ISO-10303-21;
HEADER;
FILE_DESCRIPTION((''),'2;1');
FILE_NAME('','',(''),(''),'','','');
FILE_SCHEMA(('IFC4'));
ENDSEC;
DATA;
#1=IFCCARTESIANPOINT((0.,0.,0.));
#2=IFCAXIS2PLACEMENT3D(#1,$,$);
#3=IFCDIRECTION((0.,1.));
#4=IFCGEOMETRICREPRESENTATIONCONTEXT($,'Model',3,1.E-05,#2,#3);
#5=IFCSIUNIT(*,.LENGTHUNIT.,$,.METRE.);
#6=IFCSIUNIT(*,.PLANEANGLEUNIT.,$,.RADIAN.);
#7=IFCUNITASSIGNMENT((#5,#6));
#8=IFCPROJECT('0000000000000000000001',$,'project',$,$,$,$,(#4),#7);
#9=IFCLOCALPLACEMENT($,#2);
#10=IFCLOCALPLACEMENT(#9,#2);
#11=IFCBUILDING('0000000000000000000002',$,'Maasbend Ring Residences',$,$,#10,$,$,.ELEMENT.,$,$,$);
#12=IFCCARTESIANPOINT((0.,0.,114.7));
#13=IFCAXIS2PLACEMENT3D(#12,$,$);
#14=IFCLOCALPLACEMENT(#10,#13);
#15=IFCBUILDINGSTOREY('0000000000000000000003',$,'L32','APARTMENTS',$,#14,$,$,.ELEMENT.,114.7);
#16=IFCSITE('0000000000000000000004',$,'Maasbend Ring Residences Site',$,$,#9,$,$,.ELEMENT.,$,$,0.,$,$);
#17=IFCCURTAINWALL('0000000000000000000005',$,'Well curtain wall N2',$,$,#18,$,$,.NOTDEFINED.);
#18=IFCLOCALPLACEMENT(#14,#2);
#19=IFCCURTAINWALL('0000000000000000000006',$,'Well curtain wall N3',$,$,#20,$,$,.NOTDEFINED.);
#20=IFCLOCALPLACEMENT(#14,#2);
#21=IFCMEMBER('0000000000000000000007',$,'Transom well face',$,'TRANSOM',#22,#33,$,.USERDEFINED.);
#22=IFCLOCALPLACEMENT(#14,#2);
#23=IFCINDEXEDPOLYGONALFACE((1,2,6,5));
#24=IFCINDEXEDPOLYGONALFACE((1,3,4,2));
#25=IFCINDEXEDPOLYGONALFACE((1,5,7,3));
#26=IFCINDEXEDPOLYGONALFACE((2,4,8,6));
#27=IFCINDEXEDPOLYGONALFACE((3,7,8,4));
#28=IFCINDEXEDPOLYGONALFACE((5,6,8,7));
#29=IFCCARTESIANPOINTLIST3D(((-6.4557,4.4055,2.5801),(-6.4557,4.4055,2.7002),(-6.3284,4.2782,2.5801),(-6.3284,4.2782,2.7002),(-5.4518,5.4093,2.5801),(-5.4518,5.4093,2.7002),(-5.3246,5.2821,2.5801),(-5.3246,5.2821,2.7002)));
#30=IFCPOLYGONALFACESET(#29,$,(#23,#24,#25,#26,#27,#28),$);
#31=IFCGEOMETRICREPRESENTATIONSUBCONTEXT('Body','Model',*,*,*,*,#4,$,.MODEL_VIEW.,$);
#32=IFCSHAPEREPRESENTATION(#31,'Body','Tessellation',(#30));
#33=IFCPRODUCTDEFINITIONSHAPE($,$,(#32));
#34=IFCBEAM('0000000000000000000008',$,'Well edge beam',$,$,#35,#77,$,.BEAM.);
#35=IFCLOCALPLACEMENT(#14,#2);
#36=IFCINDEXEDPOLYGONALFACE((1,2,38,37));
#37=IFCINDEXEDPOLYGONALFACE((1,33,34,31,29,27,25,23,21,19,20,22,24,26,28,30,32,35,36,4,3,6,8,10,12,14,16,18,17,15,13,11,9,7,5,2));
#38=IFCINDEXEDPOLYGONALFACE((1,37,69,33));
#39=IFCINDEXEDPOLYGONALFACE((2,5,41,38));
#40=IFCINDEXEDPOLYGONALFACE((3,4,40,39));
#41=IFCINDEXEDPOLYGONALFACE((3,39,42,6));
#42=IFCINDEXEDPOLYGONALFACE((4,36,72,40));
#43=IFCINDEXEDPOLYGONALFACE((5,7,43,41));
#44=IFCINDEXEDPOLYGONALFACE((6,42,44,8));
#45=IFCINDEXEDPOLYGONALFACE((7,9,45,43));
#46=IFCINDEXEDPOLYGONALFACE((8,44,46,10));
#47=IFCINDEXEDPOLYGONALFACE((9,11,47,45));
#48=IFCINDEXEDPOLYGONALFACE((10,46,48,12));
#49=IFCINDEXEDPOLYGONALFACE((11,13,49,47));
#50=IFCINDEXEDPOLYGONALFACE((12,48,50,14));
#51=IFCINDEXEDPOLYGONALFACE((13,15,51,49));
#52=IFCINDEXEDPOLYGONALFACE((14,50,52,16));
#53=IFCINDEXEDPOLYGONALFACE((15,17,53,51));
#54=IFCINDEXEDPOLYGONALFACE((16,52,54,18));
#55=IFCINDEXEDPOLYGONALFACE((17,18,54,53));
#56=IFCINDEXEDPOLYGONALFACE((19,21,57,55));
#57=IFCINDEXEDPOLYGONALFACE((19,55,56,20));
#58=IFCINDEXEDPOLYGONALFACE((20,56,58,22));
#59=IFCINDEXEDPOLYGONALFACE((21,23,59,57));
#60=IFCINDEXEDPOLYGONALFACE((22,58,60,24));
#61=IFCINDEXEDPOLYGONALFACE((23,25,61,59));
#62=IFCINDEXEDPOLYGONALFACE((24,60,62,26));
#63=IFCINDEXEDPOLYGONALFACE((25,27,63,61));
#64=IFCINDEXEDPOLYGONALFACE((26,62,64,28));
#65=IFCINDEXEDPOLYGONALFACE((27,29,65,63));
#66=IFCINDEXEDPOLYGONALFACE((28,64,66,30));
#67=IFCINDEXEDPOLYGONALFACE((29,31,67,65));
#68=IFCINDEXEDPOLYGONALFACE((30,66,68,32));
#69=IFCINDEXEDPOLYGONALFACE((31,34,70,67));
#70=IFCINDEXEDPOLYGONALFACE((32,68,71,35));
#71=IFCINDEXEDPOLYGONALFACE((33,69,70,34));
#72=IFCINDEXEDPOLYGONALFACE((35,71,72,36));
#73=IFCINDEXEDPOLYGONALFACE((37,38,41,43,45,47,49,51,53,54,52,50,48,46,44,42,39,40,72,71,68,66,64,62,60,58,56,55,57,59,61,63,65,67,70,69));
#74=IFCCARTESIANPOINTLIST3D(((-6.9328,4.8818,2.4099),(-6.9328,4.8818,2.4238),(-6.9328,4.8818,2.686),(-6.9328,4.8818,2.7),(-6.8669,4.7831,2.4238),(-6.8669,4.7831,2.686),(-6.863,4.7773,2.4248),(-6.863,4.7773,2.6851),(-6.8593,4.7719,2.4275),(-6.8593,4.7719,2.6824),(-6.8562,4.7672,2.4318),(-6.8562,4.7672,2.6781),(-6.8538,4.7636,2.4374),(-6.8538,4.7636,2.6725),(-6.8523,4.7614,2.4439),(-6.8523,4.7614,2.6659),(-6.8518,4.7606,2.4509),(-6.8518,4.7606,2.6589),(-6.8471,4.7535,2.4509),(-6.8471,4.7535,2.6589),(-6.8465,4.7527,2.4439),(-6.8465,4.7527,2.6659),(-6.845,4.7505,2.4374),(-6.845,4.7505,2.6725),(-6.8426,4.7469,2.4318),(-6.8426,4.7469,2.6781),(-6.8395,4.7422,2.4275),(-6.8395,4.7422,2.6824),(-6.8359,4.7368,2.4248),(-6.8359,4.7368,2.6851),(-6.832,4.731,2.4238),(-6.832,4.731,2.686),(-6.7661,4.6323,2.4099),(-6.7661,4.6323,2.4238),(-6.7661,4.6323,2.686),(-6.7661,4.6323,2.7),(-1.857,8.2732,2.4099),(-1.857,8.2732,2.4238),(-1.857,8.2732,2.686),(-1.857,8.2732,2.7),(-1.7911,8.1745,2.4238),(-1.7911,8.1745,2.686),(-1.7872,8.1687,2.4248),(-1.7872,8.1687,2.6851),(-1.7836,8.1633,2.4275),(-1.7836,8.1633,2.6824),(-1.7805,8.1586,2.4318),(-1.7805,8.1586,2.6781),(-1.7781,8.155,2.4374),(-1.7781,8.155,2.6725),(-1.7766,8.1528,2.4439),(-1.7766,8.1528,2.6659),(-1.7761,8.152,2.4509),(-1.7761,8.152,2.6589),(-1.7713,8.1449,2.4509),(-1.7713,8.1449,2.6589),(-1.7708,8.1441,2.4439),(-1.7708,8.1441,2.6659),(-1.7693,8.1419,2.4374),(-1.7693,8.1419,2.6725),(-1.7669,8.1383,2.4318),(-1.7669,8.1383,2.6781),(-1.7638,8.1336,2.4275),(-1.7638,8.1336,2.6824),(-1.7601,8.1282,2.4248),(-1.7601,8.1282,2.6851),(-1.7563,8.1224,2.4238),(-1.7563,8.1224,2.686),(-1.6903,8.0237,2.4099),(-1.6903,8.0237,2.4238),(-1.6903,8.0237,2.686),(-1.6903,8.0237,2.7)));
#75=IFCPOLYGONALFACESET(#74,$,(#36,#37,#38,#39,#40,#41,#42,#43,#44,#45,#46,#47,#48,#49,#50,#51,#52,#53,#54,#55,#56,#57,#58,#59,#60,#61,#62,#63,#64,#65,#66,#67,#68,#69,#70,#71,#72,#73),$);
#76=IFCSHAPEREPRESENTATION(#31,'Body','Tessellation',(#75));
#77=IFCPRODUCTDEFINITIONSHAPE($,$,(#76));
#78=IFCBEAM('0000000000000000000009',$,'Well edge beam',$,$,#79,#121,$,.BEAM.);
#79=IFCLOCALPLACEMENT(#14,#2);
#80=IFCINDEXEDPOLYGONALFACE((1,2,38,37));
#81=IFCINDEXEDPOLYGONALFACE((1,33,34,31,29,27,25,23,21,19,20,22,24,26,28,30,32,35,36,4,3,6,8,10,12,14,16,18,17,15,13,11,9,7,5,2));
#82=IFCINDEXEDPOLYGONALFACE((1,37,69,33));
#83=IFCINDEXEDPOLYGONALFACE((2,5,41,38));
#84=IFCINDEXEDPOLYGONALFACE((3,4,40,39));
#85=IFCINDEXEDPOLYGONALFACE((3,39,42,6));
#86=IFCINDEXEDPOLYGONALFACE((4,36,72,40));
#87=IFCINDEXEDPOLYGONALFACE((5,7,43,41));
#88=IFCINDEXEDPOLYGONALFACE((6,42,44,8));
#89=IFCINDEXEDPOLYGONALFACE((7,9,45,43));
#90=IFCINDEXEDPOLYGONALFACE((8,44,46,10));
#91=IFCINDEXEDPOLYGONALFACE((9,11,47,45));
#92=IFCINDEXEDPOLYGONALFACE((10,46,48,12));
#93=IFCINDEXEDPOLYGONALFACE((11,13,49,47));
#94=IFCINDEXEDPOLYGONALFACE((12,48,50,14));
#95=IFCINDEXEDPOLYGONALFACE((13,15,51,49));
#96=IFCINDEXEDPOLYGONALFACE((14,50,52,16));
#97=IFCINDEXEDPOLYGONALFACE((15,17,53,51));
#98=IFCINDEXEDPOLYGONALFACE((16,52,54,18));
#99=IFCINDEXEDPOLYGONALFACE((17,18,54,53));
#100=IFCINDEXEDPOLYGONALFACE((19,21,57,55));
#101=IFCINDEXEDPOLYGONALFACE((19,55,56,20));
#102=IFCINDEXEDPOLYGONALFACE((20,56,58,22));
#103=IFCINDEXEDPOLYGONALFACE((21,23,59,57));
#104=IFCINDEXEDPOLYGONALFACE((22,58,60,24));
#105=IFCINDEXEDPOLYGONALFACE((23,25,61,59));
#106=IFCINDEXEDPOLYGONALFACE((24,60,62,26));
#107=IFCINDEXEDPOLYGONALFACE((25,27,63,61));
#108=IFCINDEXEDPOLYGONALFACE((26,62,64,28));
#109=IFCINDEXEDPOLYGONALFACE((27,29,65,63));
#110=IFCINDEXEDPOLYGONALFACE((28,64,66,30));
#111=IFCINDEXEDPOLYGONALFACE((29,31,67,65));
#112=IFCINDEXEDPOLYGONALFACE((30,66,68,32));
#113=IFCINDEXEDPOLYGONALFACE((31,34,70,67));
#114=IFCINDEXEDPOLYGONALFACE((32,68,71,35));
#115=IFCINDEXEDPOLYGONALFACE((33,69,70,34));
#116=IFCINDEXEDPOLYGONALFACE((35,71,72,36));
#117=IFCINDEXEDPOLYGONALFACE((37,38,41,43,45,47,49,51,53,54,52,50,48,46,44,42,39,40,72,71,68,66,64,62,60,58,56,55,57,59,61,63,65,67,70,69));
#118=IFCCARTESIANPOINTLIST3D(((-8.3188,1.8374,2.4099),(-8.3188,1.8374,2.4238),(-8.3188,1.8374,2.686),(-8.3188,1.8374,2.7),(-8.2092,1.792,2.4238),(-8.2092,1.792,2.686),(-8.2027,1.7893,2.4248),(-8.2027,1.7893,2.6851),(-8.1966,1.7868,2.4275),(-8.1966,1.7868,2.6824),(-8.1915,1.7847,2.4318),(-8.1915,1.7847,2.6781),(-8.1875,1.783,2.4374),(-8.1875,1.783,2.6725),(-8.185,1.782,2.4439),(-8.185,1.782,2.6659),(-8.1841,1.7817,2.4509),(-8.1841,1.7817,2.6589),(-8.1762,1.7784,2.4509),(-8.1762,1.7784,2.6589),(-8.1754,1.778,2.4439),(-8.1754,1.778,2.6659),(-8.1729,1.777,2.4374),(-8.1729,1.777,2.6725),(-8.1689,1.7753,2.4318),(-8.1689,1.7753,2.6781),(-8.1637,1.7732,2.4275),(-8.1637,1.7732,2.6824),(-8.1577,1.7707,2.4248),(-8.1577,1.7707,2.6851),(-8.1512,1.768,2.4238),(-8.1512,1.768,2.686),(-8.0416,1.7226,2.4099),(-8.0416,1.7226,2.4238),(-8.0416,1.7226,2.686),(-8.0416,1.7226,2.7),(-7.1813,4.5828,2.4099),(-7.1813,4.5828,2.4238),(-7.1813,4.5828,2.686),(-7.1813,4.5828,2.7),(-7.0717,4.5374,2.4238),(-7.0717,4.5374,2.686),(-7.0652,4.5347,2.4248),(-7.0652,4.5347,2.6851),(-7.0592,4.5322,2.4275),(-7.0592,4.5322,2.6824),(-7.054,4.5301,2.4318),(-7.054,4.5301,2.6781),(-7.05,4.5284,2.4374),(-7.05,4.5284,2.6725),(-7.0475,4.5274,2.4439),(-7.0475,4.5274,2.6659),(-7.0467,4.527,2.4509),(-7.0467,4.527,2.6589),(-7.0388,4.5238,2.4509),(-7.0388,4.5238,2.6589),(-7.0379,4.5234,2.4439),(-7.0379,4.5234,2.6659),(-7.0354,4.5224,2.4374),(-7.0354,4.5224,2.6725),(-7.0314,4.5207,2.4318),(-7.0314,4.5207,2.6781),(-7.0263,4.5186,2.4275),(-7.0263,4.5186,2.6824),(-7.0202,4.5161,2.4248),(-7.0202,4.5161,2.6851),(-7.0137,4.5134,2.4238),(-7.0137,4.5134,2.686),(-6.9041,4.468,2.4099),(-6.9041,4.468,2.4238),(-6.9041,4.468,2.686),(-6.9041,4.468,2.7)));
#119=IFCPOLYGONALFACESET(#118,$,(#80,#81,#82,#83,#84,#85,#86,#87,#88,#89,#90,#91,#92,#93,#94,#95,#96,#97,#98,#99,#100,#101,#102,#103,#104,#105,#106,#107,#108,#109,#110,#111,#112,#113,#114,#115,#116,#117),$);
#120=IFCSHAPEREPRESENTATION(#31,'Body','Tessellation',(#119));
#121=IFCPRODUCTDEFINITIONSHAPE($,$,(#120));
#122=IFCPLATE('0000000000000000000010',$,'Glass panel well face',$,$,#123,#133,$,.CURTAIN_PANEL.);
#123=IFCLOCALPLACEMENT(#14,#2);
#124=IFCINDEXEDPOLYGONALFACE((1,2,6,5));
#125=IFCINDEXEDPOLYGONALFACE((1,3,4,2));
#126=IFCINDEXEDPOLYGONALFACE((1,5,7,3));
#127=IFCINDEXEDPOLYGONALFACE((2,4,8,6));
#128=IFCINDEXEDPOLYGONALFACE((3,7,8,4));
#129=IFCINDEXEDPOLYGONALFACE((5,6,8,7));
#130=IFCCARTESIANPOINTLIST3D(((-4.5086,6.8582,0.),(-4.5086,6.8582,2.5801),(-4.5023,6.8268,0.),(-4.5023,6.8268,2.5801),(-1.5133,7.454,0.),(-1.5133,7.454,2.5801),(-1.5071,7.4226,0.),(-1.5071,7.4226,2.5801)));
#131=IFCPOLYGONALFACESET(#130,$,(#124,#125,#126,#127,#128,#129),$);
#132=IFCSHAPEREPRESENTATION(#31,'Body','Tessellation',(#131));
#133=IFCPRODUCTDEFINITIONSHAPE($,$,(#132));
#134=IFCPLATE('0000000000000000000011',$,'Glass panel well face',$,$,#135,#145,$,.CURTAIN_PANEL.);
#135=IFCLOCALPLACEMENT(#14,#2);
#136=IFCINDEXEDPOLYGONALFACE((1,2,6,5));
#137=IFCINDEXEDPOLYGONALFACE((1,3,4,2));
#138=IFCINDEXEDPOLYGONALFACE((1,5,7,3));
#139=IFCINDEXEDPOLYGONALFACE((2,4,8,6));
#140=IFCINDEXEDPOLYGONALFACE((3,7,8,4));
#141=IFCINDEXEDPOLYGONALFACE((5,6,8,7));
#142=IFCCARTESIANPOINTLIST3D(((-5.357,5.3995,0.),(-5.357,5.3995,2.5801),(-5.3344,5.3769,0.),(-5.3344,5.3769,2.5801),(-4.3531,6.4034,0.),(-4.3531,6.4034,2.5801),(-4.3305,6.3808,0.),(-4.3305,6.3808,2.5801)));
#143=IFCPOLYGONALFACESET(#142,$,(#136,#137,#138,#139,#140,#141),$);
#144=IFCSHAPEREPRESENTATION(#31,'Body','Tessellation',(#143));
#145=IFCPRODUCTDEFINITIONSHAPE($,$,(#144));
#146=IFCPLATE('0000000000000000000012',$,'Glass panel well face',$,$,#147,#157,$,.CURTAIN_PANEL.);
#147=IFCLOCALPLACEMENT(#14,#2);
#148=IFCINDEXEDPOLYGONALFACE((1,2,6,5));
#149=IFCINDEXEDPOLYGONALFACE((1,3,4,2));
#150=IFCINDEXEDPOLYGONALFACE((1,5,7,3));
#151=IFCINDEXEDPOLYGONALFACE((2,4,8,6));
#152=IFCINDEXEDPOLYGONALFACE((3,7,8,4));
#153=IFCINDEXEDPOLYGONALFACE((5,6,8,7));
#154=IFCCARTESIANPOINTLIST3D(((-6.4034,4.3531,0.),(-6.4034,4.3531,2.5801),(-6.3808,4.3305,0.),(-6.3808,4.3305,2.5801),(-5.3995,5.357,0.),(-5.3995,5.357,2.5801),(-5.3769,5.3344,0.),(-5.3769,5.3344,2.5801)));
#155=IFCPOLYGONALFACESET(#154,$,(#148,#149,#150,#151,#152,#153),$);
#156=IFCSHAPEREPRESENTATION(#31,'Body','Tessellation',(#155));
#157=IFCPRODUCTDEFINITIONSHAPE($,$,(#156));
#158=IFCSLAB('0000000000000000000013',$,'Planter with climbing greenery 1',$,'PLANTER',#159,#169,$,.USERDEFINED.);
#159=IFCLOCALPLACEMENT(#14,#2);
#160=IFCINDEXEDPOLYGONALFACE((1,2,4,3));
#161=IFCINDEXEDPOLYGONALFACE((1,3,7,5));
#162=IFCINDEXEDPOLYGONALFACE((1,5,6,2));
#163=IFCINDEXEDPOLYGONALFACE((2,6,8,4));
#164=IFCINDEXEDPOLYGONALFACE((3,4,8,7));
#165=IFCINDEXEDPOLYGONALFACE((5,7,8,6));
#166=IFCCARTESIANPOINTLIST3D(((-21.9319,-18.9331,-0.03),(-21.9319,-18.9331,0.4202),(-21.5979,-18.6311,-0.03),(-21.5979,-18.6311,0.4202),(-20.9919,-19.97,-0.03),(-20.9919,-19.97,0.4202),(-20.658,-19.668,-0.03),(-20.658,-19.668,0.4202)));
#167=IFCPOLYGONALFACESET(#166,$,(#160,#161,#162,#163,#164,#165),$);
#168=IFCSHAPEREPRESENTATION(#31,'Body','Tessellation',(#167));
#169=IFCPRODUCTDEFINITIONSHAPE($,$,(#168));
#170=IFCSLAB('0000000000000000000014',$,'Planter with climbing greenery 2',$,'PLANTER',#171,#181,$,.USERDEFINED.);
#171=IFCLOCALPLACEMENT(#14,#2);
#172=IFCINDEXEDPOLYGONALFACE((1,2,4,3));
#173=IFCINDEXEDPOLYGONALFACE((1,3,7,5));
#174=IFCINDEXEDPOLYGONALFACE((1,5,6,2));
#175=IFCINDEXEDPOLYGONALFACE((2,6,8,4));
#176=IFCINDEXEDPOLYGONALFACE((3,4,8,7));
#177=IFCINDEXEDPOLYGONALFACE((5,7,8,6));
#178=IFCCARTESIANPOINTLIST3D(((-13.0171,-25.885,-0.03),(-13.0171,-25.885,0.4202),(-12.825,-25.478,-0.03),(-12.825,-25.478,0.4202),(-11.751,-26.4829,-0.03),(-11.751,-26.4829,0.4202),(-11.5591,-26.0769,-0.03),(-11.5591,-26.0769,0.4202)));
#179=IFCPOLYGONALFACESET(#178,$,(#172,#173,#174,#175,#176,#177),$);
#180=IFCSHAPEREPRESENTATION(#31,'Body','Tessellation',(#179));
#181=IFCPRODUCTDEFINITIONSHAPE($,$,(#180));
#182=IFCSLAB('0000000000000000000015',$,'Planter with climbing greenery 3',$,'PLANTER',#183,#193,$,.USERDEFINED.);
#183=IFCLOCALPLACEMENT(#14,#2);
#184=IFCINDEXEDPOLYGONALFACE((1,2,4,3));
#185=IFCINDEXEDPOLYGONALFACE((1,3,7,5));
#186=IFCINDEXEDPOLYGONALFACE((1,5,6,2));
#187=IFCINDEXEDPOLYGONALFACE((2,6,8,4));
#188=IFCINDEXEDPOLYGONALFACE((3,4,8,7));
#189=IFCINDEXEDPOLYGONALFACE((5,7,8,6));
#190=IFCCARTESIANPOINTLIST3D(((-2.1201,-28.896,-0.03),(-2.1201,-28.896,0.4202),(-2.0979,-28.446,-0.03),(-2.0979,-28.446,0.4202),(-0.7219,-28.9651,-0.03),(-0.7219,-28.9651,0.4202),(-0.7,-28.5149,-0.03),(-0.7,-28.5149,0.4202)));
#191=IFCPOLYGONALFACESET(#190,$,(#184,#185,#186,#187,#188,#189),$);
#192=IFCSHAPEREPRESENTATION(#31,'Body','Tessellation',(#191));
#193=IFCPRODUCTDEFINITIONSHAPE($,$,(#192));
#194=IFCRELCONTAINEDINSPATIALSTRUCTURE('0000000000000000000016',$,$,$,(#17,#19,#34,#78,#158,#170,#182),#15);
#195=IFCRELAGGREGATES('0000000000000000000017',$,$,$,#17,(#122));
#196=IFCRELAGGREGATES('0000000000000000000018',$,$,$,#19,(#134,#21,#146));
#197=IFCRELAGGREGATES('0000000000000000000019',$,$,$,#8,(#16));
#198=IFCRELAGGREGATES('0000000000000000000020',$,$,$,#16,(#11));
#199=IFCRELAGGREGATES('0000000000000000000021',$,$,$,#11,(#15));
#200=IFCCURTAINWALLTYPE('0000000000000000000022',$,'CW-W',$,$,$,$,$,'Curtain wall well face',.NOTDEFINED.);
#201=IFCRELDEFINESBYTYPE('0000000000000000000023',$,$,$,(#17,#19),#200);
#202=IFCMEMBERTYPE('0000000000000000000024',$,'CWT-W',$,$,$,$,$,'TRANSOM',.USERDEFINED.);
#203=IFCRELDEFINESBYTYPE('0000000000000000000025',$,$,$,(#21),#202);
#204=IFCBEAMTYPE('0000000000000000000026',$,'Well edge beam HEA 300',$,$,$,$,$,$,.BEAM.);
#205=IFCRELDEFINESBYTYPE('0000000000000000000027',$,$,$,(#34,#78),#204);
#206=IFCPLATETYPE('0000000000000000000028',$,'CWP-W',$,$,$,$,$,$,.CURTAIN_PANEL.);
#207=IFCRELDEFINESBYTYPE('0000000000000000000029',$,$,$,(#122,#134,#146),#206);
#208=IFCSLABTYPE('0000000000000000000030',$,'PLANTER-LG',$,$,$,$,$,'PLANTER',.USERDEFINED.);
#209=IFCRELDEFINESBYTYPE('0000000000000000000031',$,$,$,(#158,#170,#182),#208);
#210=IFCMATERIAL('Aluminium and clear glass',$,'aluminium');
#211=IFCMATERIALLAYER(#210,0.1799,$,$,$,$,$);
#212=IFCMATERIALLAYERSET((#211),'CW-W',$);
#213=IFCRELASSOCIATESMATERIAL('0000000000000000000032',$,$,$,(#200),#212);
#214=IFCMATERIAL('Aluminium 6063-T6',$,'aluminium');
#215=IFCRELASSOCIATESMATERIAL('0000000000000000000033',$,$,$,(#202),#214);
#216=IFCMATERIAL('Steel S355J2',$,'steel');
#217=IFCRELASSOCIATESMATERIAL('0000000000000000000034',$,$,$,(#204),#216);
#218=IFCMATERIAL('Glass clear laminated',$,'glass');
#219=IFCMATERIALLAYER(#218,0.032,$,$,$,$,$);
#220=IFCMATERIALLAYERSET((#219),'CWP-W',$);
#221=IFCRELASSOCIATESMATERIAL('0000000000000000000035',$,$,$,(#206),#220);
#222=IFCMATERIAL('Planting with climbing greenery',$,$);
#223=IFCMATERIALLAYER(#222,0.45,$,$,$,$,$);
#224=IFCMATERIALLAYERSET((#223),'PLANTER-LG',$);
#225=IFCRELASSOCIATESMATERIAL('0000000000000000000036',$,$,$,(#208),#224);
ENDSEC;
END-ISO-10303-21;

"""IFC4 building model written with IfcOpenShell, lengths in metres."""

from ifc_helpers import new_model, si_unit, direction, frame, origin, origin_2d, place, context, subcontext, project, spatial, polyline, rectangle, i_section, outline, extrude, material, layer, layer_set, material_profile, profile_set, type_object, element, aggregate, save


model = new_model("IFC4")

# Units and contexts
model_context = context("Model", 3, precision=1e-05, world=origin(), true_north=direction((0.0, 1.0)))
body_context = subcontext(model_context, "Body", "Model", "MODEL_VIEW")
ifc_project = project(units=[si_unit("LENGTHUNIT", "METRE"), si_unit("PLANEANGLEUNIT", "RADIAN")], contexts=[model_context])

# Site, building, storey
site_placement = place(None, origin())
site = spatial("IfcSite", under=ifc_project, at=site_placement, Name="Maasbend Ring Residences Site", CompositionType="ELEMENT", RefElevation=0.0)
building_placement = place(site_placement, origin())
building = spatial("IfcBuilding", under=site, at=building_placement, Name="Maasbend Ring Residences", CompositionType="ELEMENT")
storey_placement = place(building_placement, frame((0.0, 0.0, 114.7)))
storey = spatial("IfcBuildingStorey", under=building, at=storey_placement, Name="L32", Description="APARTMENTS", CompositionType="ELEMENT", Elevation=114.7)

# Curtain walls
ifc_material_1 = material(Name="Aluminium and clear glass", Category="aluminium")
ifc_layer_1 = layer(ifc_material_1, 0.1799)
ifc_layer_set_1 = layer_set([ifc_layer_1], Name="CW-W")
curtain_wall_type = type_object("IfcCurtainWallType", Name="CW-W", ElementType="Curtain wall well face", PredefinedType="NOTDEFINED", material=ifc_layer_set_1)
curtain_wall_1_placement = place(storey_placement, origin())
curtain_wall_1 = element("IfcCurtainWall", 1, at=curtain_wall_1_placement, inside=storey, type_object=curtain_wall_type, Name="Well curtain wall N2", PredefinedType="NOTDEFINED")
curtain_wall_2_placement = place(storey_placement, origin())
curtain_wall_2 = element("IfcCurtainWall", 2, at=curtain_wall_2_placement, inside=storey, type_object=curtain_wall_type, Name="Well curtain wall N3", PredefinedType="NOTDEFINED")

# Member
ifc_material_2 = material(Name="Aluminium 6063-T6", Category="aluminium")
ifc_material_profile_1 = material_profile(ifc_material_2, rectangle(XDim=0.1799, YDim=0.1201, at=origin_2d()), Name="AL 180x120")
ifc_profile_set_1 = profile_set([ifc_material_profile_1], Name="Aluminium 6063-T6")
member_type_1 = type_object("IfcMemberType", Name="CWT-W", ElementType="TRANSOM", PredefinedType="USERDEFINED", material=ifc_profile_set_1)
member_1_placement = place(storey_placement, frame((-5.3882, 5.3457, 2.6401), z_axis=(-0.707107, -0.707107, 0.0), x_axis=(0.707107, -0.707107, 0.0)))
member_1 = element("IfcMember", 3, at=member_1_placement, type_object=member_type_1, Name="Transom well face", ObjectType="TRANSOM", PredefinedType="USERDEFINED", context=body_context, shape_type="SweptSolid", body=[
    extrude(rectangle(XDim=0.1799, YDim=0.1201, at=origin_2d()), origin(), (0.0, 0.0, 1.0), 1.4197),
])

# Beams
ifc_material_3 = material(Name="Steel S355J2", Category="steel")
ifc_material_profile_2 = material_profile(ifc_material_3, i_section(OverallWidth=0.3, OverallDepth=0.29, WebThickness=0.0085, FlangeThickness=0.0139, FilletRadius=0.0271, at=origin_2d()), Name="HEA 300")
ifc_profile_set_2 = profile_set([ifc_material_profile_2], Name="Steel S355J2")
beam_type = type_object("IfcBeamType", Name="Well edge beam HEA 300", PredefinedType="BEAM", material=ifc_profile_set_2)
beam_1_placement = place(storey_placement, frame((-1.7737, 8.1484, 2.5549), z_axis=(-0.831478, -0.555558, 0.0), x_axis=(0.555558, -0.831478, 0.0)))
element("IfcBeam", 4, at=beam_1_placement, inside=storey, type_object=beam_type, Name="Well edge beam", PredefinedType="BEAM", context=body_context, shape_type="SweptSolid", body=[
    extrude(i_section(OverallWidth=0.3, OverallDepth=0.29, WebThickness=0.0085, FlangeThickness=0.0139, FilletRadius=0.0271, at=origin_2d()), origin(), (0.0, 0.0, 1.0), 6.1045),
])
beam_2_placement = place(storey_placement, frame((-7.0427, 4.5254, 2.5549), z_axis=(-0.382765, -0.923846, 0.0), x_axis=(0.923846, -0.382765, 0.0)))
element("IfcBeam", 5, at=beam_2_placement, inside=storey, type_object=beam_type, Name="Well edge beam", PredefinedType="BEAM", context=body_context, shape_type="SweptSolid", body=[
    extrude(i_section(OverallWidth=0.3, OverallDepth=0.29, WebThickness=0.0085, FlangeThickness=0.0139, FilletRadius=0.0271, at=origin_2d()), origin(), (0.0, 0.0, 1.0), 2.9717),
])

# Plates
ifc_material_4 = material(Name="Glass clear laminated", Category="glass")
ifc_layer_2 = layer(ifc_material_4, 0.032)
ifc_layer_set_2 = layer_set([ifc_layer_2], Name="CWP-W")
plate_type = type_object("IfcPlateType", Name="CWP-W", PredefinedType="CURTAIN_PANEL", material=ifc_layer_set_2)
plate_1_placement = place(storey_placement, frame((-3.0078, 7.1404, 0.0), z_axis=(0.0, 0.0, 1.0), x_axis=(-0.980785, -0.19509, 0.0)))
plate_1 = element("IfcPlate", 6, at=plate_1_placement, type_object=plate_type, Name="Glass panel well face", PredefinedType="CURTAIN_PANEL", context=body_context, shape_type="SweptSolid", body=[
    extrude(rectangle(XDim=3.054, YDim=0.032, at=origin_2d()), origin(), (0.0, 0.0, 1.0), 2.5801),
])
aggregate(curtain_wall_1, [plate_1])
plate_2_placement = place(storey_placement, frame((-4.8438, 5.8901, 0.0), z_axis=(0.0, 0.0, 1.0), x_axis=(-0.707107, -0.707107, 0.0)))
plate_2 = element("IfcPlate", 7, at=plate_2_placement, type_object=plate_type, Name="Glass panel well face", PredefinedType="CURTAIN_PANEL", context=body_context, shape_type="SweptSolid", body=[
    extrude(rectangle(XDim=1.4197, YDim=0.032, at=origin_2d()), origin(), (0.0, 0.0, 1.0), 2.5801),
])
plate_3_placement = place(storey_placement, frame((-5.8901, 4.8438, 0.0), z_axis=(0.0, 0.0, 1.0), x_axis=(-0.707107, -0.707107, 0.0)))
plate_3 = element("IfcPlate", 8, at=plate_3_placement, type_object=plate_type, Name="Glass panel well face", PredefinedType="CURTAIN_PANEL", context=body_context, shape_type="SweptSolid", body=[
    extrude(rectangle(XDim=1.4197, YDim=0.032, at=origin_2d()), origin(), (0.0, 0.0, 1.0), 2.5801),
])
aggregate(curtain_wall_2, [plate_2, member_1, plate_3])

# Slabs
ifc_material_5 = material(Name="Planting with climbing greenery")
ifc_layer_3 = layer(ifc_material_5, 0.45)
ifc_layer_set_3 = layer_set([ifc_layer_3], Name="PLANTER-LG")
slab_type_1 = type_object("IfcSlabType", Name="PLANTER-LG", ElementType="PLANTER", PredefinedType="USERDEFINED", material=ifc_layer_set_3)
slab_1_placement = place(storey_placement, frame((0.0, 0.0, -0.03)))
element("IfcSlab", 9, at=slab_1_placement, inside=storey, type_object=slab_type_1, Name="Planter with climbing greenery 1", ObjectType="PLANTER", PredefinedType="USERDEFINED", context=body_context, shape_type="SweptSolid", body=[
    extrude(outline(polyline([(-21.9319, -18.9331), (-20.9919, -19.97), (-20.658, -19.668), (-21.5979, -18.6311), (-21.9319, -18.9331)])), origin(), (0.0, 0.0, 1.0), 0.4502),
])
slab_2_placement = place(storey_placement, frame((0.0, 0.0, -0.03)))
element("IfcSlab", 10, at=slab_2_placement, inside=storey, type_object=slab_type_1, Name="Planter with climbing greenery 2", ObjectType="PLANTER", PredefinedType="USERDEFINED", context=body_context, shape_type="SweptSolid", body=[
    extrude(outline(polyline([(-13.0171, -25.885), (-11.751, -26.4829), (-11.5591, -26.0769), (-12.825, -25.478), (-13.0171, -25.885)])), origin(), (0.0, 0.0, 1.0), 0.4502),
])
slab_3_placement = place(storey_placement, frame((0.0, 0.0, -0.03)))
element("IfcSlab", 11, at=slab_3_placement, inside=storey, type_object=slab_type_1, Name="Planter with climbing greenery 3", ObjectType="PLANTER", PredefinedType="USERDEFINED", context=body_context, shape_type="SweptSolid", body=[
    extrude(outline(polyline([(-2.1201, -28.896), (-0.7219, -28.9651), (-0.7, -28.5149), (-2.0979, -28.446), (-2.1201, -28.896)])), origin(), (0.0, 0.0, 1.0), 0.4502),
])

save(model, "model.ifc")
